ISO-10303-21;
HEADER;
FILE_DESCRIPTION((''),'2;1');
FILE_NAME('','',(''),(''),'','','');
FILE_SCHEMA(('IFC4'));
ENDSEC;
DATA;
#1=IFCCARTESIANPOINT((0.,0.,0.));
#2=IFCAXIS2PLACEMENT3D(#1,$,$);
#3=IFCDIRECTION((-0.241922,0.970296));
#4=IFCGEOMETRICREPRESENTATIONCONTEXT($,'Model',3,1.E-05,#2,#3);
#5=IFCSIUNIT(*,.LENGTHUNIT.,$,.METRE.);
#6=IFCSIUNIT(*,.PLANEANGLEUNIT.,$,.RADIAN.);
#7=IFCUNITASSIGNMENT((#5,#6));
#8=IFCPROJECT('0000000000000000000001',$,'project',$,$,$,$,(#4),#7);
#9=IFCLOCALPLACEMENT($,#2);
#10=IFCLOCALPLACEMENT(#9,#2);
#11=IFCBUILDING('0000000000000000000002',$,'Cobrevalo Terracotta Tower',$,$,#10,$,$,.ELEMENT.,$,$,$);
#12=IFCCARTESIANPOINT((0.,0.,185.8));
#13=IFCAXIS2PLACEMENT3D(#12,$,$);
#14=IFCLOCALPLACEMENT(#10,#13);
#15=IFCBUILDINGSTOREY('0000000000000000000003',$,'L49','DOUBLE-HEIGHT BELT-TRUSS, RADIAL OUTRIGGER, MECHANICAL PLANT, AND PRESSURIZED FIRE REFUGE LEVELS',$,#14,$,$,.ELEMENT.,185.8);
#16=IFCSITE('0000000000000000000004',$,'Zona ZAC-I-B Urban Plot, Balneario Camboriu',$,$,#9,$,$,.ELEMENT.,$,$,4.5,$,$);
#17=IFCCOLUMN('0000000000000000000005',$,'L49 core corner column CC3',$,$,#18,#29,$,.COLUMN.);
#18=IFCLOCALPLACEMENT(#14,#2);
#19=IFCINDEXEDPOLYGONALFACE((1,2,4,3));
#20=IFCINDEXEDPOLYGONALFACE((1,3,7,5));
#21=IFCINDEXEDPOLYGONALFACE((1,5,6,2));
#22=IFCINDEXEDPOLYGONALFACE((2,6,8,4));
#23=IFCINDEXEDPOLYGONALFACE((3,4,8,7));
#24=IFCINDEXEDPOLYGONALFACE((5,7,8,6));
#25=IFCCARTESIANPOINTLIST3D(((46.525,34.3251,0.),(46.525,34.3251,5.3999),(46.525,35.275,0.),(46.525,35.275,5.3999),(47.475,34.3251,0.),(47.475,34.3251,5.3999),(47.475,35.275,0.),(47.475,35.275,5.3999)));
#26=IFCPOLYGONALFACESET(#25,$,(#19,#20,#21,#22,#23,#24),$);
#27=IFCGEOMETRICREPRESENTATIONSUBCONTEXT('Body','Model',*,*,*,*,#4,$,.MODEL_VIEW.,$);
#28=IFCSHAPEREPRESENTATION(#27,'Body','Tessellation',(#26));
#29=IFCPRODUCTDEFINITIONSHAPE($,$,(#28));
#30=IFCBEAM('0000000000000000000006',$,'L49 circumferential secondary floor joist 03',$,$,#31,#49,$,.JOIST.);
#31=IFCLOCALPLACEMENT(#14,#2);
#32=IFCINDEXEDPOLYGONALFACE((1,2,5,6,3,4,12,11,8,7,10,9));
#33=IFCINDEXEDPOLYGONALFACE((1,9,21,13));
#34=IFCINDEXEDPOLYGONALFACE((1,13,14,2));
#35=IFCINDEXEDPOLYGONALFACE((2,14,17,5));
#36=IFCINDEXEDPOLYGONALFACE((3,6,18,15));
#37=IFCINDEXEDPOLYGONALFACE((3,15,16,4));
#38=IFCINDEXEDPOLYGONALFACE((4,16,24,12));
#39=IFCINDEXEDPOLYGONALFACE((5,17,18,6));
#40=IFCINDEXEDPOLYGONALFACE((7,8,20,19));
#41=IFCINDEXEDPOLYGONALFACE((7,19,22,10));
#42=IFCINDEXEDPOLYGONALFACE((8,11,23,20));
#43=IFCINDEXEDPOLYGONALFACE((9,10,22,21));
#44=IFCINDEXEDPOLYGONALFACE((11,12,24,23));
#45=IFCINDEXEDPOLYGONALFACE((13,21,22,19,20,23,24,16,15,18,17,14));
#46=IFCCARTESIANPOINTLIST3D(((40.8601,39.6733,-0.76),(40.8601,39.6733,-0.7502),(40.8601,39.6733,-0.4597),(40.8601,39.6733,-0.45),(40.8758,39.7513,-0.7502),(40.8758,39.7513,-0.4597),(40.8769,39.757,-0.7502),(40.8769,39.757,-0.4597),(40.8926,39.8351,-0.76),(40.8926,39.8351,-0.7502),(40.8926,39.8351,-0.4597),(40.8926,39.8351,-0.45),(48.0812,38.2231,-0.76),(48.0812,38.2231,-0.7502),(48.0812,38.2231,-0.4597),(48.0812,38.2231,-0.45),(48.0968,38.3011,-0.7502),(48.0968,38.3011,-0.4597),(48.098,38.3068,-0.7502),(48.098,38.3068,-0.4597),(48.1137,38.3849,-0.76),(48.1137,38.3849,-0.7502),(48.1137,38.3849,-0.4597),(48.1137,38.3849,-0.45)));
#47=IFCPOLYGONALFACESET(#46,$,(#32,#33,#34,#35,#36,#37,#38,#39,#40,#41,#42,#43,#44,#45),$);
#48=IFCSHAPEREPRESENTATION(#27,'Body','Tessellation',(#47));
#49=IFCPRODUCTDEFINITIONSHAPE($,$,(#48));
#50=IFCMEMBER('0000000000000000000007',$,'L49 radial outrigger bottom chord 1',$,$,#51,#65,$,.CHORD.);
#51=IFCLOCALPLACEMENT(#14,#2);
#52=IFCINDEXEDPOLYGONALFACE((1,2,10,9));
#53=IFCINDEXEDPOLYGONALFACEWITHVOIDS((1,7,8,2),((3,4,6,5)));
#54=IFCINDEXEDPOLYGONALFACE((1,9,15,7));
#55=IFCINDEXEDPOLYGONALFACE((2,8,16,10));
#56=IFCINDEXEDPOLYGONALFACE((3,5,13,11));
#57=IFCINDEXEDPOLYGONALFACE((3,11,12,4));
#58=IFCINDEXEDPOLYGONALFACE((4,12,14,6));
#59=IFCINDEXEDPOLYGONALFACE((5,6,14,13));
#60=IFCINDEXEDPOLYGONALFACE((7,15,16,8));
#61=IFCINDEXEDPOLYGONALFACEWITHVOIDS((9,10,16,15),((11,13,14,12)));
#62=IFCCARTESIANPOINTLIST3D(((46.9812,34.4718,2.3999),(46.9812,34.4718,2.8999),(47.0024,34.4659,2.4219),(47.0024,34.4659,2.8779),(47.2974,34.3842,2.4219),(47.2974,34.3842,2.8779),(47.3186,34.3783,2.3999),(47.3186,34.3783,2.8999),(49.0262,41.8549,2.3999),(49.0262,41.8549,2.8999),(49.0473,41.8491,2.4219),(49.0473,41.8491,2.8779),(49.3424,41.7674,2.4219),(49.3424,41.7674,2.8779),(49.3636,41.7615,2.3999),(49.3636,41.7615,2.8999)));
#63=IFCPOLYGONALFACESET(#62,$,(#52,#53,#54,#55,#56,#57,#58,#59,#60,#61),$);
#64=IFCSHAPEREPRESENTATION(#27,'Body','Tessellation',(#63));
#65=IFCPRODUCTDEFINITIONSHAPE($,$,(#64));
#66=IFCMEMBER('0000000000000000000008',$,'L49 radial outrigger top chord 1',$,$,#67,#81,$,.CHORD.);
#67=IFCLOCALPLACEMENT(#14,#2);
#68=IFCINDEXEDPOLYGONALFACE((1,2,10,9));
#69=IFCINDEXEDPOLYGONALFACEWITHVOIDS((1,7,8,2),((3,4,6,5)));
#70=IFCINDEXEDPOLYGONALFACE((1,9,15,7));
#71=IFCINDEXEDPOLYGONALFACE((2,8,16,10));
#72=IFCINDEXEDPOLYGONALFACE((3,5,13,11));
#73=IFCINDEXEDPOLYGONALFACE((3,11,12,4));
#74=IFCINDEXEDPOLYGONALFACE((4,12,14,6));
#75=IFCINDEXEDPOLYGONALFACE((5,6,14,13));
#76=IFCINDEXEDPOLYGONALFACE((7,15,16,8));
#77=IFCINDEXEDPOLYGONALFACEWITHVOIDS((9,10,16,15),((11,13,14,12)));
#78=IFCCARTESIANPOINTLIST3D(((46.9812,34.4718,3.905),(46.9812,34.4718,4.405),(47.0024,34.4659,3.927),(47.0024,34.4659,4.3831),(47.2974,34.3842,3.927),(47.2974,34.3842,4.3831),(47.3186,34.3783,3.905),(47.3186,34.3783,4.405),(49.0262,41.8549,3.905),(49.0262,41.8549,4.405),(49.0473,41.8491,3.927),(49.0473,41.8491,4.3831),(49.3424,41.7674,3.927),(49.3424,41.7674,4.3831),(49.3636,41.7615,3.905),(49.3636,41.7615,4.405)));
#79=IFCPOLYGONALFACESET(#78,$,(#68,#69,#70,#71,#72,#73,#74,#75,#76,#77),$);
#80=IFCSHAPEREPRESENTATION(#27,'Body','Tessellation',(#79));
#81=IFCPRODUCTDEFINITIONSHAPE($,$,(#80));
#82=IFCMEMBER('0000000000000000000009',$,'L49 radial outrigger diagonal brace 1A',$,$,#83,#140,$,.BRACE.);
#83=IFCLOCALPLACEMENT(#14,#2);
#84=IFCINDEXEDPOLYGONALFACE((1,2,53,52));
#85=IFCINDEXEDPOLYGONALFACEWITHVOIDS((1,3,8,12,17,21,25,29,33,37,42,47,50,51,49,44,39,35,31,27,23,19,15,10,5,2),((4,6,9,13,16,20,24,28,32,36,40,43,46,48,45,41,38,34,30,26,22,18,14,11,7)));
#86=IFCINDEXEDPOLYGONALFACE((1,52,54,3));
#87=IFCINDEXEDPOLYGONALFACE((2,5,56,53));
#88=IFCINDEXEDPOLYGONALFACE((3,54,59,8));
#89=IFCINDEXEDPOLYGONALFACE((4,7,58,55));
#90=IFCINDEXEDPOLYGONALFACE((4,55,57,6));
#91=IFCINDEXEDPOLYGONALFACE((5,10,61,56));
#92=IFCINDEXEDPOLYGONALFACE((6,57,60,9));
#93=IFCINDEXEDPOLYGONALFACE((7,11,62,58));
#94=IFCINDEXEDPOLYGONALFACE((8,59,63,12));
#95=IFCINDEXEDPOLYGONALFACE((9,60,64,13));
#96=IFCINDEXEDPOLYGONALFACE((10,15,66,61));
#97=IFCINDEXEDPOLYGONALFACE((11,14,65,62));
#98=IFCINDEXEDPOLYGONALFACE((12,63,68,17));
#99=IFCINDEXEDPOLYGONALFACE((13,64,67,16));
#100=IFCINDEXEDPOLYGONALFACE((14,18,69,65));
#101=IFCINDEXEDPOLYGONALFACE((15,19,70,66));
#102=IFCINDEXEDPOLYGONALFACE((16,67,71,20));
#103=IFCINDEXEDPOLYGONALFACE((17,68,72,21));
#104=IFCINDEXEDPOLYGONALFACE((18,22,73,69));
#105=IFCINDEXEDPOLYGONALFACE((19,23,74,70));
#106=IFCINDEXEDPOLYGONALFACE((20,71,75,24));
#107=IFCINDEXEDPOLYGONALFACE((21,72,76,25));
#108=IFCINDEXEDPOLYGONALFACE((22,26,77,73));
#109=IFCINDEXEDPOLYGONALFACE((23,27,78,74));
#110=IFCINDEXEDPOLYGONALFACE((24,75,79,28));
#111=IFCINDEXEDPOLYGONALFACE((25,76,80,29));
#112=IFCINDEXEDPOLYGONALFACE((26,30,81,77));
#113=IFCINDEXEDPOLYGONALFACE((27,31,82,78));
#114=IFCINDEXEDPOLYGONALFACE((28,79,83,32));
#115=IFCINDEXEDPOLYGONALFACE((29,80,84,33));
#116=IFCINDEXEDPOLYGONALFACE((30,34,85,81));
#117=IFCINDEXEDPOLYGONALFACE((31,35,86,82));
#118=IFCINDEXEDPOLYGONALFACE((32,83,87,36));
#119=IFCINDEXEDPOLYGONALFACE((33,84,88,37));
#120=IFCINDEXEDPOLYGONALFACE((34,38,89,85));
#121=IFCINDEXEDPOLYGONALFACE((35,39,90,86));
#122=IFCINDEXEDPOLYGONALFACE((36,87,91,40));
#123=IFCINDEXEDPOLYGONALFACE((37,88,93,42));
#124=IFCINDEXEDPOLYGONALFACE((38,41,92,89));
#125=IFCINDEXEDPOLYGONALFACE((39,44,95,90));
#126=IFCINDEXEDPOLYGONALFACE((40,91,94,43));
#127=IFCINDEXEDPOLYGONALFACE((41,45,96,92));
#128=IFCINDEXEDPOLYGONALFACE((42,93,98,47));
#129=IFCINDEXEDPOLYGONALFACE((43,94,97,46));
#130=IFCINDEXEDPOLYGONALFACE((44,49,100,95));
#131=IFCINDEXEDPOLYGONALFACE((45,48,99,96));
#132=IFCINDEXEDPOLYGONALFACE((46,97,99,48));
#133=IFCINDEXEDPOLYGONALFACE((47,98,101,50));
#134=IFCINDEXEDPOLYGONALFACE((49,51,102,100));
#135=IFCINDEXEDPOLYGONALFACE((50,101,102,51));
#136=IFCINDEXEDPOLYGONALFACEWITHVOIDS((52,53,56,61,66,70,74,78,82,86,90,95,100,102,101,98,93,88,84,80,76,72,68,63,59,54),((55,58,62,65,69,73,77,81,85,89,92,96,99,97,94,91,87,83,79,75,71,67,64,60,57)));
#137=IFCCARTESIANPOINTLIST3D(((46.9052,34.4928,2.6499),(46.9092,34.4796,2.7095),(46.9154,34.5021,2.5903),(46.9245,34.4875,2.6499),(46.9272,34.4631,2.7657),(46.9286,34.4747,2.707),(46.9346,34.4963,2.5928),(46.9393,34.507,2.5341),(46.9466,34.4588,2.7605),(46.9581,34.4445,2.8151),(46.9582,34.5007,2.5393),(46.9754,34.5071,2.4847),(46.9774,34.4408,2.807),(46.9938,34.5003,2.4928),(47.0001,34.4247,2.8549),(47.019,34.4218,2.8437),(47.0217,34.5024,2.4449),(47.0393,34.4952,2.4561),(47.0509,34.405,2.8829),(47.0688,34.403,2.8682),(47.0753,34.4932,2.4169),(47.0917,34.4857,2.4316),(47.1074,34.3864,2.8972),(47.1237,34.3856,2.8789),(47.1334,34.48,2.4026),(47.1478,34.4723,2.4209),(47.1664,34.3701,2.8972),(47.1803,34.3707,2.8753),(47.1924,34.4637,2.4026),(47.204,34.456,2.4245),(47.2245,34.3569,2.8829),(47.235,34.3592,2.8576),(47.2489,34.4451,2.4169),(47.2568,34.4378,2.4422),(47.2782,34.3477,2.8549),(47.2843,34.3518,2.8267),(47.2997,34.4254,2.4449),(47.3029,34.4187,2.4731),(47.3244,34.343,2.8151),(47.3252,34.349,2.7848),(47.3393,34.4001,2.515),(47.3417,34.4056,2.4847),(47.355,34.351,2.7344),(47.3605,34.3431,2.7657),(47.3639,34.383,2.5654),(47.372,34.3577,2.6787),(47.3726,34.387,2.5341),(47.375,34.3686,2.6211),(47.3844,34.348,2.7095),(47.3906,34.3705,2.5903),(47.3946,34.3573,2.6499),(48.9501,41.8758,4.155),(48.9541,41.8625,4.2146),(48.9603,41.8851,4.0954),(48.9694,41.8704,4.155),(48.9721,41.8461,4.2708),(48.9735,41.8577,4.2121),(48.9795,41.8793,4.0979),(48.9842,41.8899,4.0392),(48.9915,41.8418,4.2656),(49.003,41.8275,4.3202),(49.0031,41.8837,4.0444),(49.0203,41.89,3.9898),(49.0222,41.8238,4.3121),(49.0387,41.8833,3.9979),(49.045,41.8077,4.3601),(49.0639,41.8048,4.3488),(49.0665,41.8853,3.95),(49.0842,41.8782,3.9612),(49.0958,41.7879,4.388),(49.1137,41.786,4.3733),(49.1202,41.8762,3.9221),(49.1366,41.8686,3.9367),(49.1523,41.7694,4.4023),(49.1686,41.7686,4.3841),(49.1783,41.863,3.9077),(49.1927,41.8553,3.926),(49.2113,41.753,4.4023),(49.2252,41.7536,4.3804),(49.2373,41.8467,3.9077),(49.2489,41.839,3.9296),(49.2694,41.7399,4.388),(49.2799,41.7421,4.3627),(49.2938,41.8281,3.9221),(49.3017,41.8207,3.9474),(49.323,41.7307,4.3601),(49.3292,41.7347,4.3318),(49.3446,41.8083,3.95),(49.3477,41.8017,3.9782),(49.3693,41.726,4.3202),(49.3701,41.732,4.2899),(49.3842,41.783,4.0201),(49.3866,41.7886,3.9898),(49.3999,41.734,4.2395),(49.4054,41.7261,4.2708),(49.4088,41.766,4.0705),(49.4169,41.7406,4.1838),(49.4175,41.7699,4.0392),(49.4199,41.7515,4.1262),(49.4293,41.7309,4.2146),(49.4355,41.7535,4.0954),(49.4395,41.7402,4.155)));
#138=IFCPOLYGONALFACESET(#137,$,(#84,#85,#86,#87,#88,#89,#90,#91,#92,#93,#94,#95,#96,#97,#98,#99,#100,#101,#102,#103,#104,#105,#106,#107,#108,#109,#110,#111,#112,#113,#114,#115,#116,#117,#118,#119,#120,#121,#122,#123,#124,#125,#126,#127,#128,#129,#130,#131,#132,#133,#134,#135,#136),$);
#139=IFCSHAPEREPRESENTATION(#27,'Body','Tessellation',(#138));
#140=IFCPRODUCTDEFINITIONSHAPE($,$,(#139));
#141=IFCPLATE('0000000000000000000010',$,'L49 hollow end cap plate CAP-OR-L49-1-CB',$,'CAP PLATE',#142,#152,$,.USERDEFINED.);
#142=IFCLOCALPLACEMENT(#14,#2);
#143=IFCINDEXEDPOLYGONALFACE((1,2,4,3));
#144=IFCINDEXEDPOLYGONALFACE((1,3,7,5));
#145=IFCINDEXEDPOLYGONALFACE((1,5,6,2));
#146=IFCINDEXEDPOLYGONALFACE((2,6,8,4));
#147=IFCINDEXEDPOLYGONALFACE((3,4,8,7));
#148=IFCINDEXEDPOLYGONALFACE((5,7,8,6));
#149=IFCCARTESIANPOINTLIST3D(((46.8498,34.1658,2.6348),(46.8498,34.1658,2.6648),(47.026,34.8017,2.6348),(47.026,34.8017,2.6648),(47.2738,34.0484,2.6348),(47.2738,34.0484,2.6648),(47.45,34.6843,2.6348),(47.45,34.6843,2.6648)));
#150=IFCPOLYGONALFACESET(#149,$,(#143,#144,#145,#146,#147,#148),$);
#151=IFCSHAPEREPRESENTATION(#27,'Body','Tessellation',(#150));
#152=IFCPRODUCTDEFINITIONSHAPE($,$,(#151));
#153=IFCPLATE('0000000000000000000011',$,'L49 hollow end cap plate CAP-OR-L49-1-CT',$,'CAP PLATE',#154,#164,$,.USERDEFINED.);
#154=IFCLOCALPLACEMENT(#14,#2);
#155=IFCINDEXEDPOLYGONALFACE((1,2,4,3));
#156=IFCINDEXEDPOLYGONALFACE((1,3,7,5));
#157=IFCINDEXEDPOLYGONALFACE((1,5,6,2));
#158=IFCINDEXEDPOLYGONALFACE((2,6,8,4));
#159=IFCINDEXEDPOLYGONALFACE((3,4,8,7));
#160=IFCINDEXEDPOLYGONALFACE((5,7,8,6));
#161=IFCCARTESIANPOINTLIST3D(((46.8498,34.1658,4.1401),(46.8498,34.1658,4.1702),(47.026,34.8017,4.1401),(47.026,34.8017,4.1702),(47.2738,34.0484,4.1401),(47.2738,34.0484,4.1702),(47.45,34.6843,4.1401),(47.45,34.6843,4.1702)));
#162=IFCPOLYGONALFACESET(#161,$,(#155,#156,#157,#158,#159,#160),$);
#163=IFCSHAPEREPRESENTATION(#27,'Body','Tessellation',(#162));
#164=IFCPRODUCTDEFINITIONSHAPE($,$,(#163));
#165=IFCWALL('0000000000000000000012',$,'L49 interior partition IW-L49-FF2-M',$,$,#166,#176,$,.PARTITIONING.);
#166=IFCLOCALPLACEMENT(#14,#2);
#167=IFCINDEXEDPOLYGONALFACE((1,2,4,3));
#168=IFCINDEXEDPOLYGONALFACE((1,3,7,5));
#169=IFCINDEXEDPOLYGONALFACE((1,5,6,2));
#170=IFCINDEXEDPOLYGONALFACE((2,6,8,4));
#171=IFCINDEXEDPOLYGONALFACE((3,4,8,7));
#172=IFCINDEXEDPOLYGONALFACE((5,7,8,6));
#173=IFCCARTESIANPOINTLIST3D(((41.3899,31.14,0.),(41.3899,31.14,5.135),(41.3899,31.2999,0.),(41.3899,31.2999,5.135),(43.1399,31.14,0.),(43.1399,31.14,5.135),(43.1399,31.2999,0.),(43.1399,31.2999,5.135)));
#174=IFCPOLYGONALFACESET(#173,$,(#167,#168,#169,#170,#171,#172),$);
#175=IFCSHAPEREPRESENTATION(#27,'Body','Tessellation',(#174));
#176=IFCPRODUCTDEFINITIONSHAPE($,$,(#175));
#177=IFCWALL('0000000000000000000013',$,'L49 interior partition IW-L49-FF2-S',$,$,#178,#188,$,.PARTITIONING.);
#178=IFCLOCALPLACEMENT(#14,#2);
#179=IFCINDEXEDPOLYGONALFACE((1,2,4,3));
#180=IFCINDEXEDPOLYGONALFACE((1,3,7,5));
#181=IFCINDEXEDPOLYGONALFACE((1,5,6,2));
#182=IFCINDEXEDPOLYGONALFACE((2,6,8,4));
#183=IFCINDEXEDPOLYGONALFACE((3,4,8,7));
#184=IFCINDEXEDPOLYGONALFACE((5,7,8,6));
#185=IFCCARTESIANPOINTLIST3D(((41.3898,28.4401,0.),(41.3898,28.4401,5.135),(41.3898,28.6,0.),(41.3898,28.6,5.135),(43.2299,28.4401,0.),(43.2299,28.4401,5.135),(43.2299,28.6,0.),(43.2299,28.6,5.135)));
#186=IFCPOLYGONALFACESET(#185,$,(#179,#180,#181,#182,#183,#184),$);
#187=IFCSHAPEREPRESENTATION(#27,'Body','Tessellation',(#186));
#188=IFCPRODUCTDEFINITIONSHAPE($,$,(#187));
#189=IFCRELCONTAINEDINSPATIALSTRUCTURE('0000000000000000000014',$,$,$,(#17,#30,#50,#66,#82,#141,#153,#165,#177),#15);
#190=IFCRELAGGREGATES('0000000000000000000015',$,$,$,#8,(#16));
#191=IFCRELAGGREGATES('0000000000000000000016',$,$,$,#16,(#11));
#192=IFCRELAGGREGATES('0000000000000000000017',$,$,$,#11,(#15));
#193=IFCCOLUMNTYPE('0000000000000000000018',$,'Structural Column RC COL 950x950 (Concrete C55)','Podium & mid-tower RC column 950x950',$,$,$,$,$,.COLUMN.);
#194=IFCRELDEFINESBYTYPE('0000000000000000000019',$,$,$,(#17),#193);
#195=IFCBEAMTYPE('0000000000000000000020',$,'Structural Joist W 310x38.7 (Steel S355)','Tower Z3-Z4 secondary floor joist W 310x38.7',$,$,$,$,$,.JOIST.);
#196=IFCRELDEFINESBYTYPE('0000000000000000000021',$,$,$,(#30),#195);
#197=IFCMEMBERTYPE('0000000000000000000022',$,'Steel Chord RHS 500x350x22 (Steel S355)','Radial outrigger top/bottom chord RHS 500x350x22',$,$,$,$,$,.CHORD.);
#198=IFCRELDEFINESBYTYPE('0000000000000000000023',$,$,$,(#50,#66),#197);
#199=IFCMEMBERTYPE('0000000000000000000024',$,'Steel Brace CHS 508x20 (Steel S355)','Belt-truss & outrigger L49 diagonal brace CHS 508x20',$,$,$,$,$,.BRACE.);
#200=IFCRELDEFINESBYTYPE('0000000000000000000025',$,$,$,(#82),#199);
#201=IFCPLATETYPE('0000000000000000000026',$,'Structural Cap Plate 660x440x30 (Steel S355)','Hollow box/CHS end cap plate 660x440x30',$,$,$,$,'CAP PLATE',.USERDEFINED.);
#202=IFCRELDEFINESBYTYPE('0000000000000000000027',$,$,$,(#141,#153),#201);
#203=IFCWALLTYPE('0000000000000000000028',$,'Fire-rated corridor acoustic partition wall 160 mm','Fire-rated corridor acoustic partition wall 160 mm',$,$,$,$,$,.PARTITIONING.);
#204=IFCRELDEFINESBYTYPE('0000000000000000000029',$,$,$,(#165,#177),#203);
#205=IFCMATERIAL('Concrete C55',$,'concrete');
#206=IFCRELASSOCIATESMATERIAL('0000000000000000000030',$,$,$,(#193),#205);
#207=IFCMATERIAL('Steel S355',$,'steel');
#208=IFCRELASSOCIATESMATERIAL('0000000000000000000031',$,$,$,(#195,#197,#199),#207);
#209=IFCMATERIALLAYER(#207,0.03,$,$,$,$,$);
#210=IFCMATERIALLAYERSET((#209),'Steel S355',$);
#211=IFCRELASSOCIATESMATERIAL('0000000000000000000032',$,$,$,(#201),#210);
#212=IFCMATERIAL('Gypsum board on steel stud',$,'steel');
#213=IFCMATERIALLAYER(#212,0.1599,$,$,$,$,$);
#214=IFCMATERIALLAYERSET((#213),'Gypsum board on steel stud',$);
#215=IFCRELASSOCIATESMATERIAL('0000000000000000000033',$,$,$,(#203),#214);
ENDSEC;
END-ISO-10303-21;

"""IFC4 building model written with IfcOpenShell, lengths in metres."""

from ifc_helpers import new_model, si_unit, direction, frame, frame_2d, origin, origin_2d, place, context, subcontext, project, spatial, rectangle, hollow_rectangle, hollow_circle, i_section, extrude, source, transform, mapped, material, layer, layer_set, material_profile, profile_set, type_object, element, save


model = new_model("IFC4")

# Units and contexts
model_context = context("Model", 3, precision=1e-05, world=origin(), true_north=direction((-0.241922, 0.970296)))
body_context = subcontext(model_context, "Body", "Model", "MODEL_VIEW")
ifc_project = project(units=[si_unit("LENGTHUNIT", "METRE"), si_unit("PLANEANGLEUNIT", "RADIAN")], contexts=[model_context])

# Site, building, storey
site_placement = place(None, origin())
site = spatial("IfcSite", under=ifc_project, at=site_placement, Name="Zona ZAC-I-B Urban Plot, Balneario Camboriu", CompositionType="ELEMENT", RefElevation=4.5)
building_placement = place(site_placement, origin())
building = spatial("IfcBuilding", under=site, at=building_placement, Name="Cobrevalo Terracotta Tower", CompositionType="ELEMENT")
storey_placement = place(building_placement, frame((0.0, 0.0, 185.8)))
storey = spatial("IfcBuildingStorey", under=building, at=storey_placement, Name="L49", Description="DOUBLE-HEIGHT BELT-TRUSS, RADIAL OUTRIGGER, MECHANICAL PLANT, AND PRESSURIZED FIRE REFUGE LEVELS", CompositionType="ELEMENT", Elevation=185.8)

# Column
ifc_material_1 = material(Name="Concrete C55", Category="concrete")
ifc_material_profile_1 = material_profile(ifc_material_1, rectangle(XDim=0.95, YDim=0.95, at=origin_2d()), Name="RC COL 950x950")
ifc_profile_set_1 = profile_set([ifc_material_profile_1], Name="Concrete C55")
column_type = type_object("IfcColumnType", Name="Structural Column RC COL 950x950 (Concrete C55)", Description="Podium & mid-tower RC column 950x950", PredefinedType="COLUMN", material=ifc_profile_set_1)
column_placement = place(storey_placement, frame((47.0, 34.8, 0.0), z_axis=(0.0, 0.0, 1.0), x_axis=(1.0, 0.0, 0.0)))
element("IfcColumn", 1, at=column_placement, inside=storey, type_object=column_type, Name="L49 core corner column CC3", PredefinedType="COLUMN", context=body_context, shape_type="SweptSolid", body=[
    extrude(rectangle(XDim=0.95, YDim=0.95, at=origin_2d()), origin(), (0.0, 0.0, 1.0), 5.3999),
])

# Beam
ifc_material_2 = material(Name="Steel S355", Category="steel")
ifc_material_profile_2 = material_profile(ifc_material_2, i_section(OverallWidth=0.165, OverallDepth=0.3101, WebThickness=0.0059, FlangeThickness=0.0098, at=origin_2d()), Name="W 310x38.7")
ifc_profile_set_2 = profile_set([ifc_material_profile_2], Name="Steel S355")
beam_type = type_object("IfcBeamType", Name="Structural Joist W 310x38.7 (Steel S355)", Description="Tower Z3-Z4 secondary floor joist W 310x38.7", PredefinedType="JOIST", material=ifc_profile_set_2)
beam_placement = place(storey_placement, frame((48.0974, 38.304, -0.605), z_axis=(-0.980424, 0.1969, 0.0), x_axis=(-0.1969, -0.980424, 0.0)))
element("IfcBeam", 2, at=beam_placement, inside=storey, type_object=beam_type, Name="L49 circumferential secondary floor joist 03", PredefinedType="JOIST", context=body_context, shape_type="SweptSolid", body=[
    extrude(i_section(OverallWidth=0.165, OverallDepth=0.3101, WebThickness=0.0059, FlangeThickness=0.0098, at=origin_2d()), origin(), (0.0, 0.0, 1.0), 7.3652),
])

# Members
ifc_material_profile_3 = material_profile(ifc_material_2, hollow_rectangle(XDim=0.3501, YDim=0.5, WallThickness=0.022, at=origin_2d()), Name="RHS 500x350x22")
ifc_profile_set_3 = profile_set([ifc_material_profile_3], Name="Steel S355")
member_type_1 = type_object("IfcMemberType", Name="Steel Chord RHS 500x350x22 (Steel S355)", Description="Radial outrigger top/bottom chord RHS 500x350x22", PredefinedType="CHORD", material=ifc_profile_set_3)
shared_shape_1 = source(origin(), body_context, "Body", "SweptSolid", [
    extrude(hollow_rectangle(XDim=0.3501, YDim=0.5, WallThickness=0.022, at=origin_2d()), origin(), (0.0, 0.0, 1.0), 7.6611),
])
for number, where, z_axis, x_axis, name in (
    (3, (47.1499, 34.425, 2.6499), (0.266926, 0.963717, 0.0), (-0.963717, 0.266926, 0.0), "L49 radial outrigger bottom chord 1"),
    (4, (47.1499, 34.425, 4.155), (0.266926, 0.963717, 0.0), (-0.963717, 0.266926, 0.0), "L49 radial outrigger top chord 1"),
):
    element("IfcMember", number, at=place(storey_placement, frame(where, z_axis=z_axis, x_axis=x_axis)), inside=storey, type_object=member_type_1, Name=name, PredefinedType="CHORD", context=body_context, shape_type="MappedRepresentation", body=[
        mapped(shared_shape_1, transform((0.0, 0.0, 0.0), scale=1.0)),
    ])
ifc_material_profile_4 = material_profile(ifc_material_2, hollow_circle(Radius=0.2539, WallThickness=0.02, at=origin_2d()), Name="CHS 508x20")
ifc_profile_set_4 = profile_set([ifc_material_profile_4], Name="Steel S355")
member_type_2 = type_object("IfcMemberType", Name="Steel Brace CHS 508x20 (Steel S355)", Description="Belt-truss & outrigger L49 diagonal brace CHS 508x20", PredefinedType="BRACE", material=ifc_profile_set_4)
shared_shape_2 = source(origin(), body_context, "Body", "SweptSolid", [
    extrude(hollow_circle(Radius=0.2539, WallThickness=0.02, at=origin_2d()), origin(), (0.0, 0.0, 1.0), 7.8074),
])
member_placement = place(storey_placement, frame((47.1499, 34.425, 2.6499), z_axis=(0.261919, 0.94564, 0.19278), x_axis=(-0.963717, 0.266926, 0.0)))
element("IfcMember", 5, at=member_placement, inside=storey, type_object=member_type_2, Name="L49 radial outrigger diagonal brace 1A", PredefinedType="BRACE", context=body_context, shape_type="MappedRepresentation", body=[
    mapped(shared_shape_2, transform((0.0, 0.0, 0.0), scale=1.0)),
])

# Plates
ifc_layer_1 = layer(ifc_material_2, 0.03)
ifc_layer_set_1 = layer_set([ifc_layer_1], Name="Steel S355")
plate_type = type_object("IfcPlateType", Name="Structural Cap Plate 660x440x30 (Steel S355)", Description="Hollow box/CHS end cap plate 660x440x30", ElementType="CAP PLATE", PredefinedType="USERDEFINED", material=ifc_layer_set_1)
shared_shape_3 = source(origin(), body_context, "Body", "SweptSolid", [
    extrude(rectangle(XDim=0.6599, YDim=0.4399, at=origin_2d()), origin(), (0.0, 0.0, 1.0), 0.03),
])
for number, where, z_axis, x_axis, name in (
    (6, (47.1499, 34.425, 2.6348), (0.0, 0.0, 1.0), (0.266904, 0.963723, 0.0), "L49 hollow end cap plate CAP-OR-L49-1-CB"),
    (7, (47.1499, 34.425, 4.1401), (0.0, 0.0, 1.0), (0.266904, 0.963723, 0.0), "L49 hollow end cap plate CAP-OR-L49-1-CT"),
):
    element("IfcPlate", number, at=place(storey_placement, frame(where, z_axis=z_axis, x_axis=x_axis)), inside=storey, type_object=plate_type, Name=name, ObjectType="CAP PLATE", PredefinedType="USERDEFINED", context=body_context, shape_type="MappedRepresentation", body=[
        mapped(shared_shape_3, transform((0.0, 0.0, 0.0), scale=1.0)),
    ])

# Walls
ifc_material_3 = material(Name="Gypsum board on steel stud", Category="steel")
ifc_layer_2 = layer(ifc_material_3, 0.1599)
ifc_layer_set_2 = layer_set([ifc_layer_2], Name="Gypsum board on steel stud")
wall_type_1 = type_object("IfcWallType", Name="Fire-rated corridor acoustic partition wall 160 mm", Description="Fire-rated corridor acoustic partition wall 160 mm", PredefinedType="PARTITIONING", material=ifc_layer_set_2)
wall_1_placement = place(storey_placement, frame((41.3899, 31.22, 0.0), z_axis=(0.0, 0.0, 1.0), x_axis=(1.0, 0.0, 0.0)))
element("IfcWall", 8, at=wall_1_placement, inside=storey, type_object=wall_type_1, Name="L49 interior partition IW-L49-FF2-M", PredefinedType="PARTITIONING", context=body_context, shape_type="SweptSolid", body=[
    extrude(rectangle(XDim=1.75, YDim=0.1599, at=frame_2d((0.875, 0.0))), origin(), (0.0, 0.0, 1.0), 5.135),
])
wall_2_placement = place(storey_placement, frame((41.3899, 28.52, 0.0), z_axis=(0.0, 0.0, 1.0), x_axis=(1.0, 0.0, 0.0)))
element("IfcWall", 9, at=wall_2_placement, inside=storey, type_object=wall_type_1, Name="L49 interior partition IW-L49-FF2-S", PredefinedType="PARTITIONING", context=body_context, shape_type="SweptSolid", body=[
    extrude(rectangle(XDim=1.8401, YDim=0.1599, at=frame_2d((0.9199, 0.0))), origin(), (0.0, 0.0, 1.0), 5.135),
])

save(model, "model.ifc")
